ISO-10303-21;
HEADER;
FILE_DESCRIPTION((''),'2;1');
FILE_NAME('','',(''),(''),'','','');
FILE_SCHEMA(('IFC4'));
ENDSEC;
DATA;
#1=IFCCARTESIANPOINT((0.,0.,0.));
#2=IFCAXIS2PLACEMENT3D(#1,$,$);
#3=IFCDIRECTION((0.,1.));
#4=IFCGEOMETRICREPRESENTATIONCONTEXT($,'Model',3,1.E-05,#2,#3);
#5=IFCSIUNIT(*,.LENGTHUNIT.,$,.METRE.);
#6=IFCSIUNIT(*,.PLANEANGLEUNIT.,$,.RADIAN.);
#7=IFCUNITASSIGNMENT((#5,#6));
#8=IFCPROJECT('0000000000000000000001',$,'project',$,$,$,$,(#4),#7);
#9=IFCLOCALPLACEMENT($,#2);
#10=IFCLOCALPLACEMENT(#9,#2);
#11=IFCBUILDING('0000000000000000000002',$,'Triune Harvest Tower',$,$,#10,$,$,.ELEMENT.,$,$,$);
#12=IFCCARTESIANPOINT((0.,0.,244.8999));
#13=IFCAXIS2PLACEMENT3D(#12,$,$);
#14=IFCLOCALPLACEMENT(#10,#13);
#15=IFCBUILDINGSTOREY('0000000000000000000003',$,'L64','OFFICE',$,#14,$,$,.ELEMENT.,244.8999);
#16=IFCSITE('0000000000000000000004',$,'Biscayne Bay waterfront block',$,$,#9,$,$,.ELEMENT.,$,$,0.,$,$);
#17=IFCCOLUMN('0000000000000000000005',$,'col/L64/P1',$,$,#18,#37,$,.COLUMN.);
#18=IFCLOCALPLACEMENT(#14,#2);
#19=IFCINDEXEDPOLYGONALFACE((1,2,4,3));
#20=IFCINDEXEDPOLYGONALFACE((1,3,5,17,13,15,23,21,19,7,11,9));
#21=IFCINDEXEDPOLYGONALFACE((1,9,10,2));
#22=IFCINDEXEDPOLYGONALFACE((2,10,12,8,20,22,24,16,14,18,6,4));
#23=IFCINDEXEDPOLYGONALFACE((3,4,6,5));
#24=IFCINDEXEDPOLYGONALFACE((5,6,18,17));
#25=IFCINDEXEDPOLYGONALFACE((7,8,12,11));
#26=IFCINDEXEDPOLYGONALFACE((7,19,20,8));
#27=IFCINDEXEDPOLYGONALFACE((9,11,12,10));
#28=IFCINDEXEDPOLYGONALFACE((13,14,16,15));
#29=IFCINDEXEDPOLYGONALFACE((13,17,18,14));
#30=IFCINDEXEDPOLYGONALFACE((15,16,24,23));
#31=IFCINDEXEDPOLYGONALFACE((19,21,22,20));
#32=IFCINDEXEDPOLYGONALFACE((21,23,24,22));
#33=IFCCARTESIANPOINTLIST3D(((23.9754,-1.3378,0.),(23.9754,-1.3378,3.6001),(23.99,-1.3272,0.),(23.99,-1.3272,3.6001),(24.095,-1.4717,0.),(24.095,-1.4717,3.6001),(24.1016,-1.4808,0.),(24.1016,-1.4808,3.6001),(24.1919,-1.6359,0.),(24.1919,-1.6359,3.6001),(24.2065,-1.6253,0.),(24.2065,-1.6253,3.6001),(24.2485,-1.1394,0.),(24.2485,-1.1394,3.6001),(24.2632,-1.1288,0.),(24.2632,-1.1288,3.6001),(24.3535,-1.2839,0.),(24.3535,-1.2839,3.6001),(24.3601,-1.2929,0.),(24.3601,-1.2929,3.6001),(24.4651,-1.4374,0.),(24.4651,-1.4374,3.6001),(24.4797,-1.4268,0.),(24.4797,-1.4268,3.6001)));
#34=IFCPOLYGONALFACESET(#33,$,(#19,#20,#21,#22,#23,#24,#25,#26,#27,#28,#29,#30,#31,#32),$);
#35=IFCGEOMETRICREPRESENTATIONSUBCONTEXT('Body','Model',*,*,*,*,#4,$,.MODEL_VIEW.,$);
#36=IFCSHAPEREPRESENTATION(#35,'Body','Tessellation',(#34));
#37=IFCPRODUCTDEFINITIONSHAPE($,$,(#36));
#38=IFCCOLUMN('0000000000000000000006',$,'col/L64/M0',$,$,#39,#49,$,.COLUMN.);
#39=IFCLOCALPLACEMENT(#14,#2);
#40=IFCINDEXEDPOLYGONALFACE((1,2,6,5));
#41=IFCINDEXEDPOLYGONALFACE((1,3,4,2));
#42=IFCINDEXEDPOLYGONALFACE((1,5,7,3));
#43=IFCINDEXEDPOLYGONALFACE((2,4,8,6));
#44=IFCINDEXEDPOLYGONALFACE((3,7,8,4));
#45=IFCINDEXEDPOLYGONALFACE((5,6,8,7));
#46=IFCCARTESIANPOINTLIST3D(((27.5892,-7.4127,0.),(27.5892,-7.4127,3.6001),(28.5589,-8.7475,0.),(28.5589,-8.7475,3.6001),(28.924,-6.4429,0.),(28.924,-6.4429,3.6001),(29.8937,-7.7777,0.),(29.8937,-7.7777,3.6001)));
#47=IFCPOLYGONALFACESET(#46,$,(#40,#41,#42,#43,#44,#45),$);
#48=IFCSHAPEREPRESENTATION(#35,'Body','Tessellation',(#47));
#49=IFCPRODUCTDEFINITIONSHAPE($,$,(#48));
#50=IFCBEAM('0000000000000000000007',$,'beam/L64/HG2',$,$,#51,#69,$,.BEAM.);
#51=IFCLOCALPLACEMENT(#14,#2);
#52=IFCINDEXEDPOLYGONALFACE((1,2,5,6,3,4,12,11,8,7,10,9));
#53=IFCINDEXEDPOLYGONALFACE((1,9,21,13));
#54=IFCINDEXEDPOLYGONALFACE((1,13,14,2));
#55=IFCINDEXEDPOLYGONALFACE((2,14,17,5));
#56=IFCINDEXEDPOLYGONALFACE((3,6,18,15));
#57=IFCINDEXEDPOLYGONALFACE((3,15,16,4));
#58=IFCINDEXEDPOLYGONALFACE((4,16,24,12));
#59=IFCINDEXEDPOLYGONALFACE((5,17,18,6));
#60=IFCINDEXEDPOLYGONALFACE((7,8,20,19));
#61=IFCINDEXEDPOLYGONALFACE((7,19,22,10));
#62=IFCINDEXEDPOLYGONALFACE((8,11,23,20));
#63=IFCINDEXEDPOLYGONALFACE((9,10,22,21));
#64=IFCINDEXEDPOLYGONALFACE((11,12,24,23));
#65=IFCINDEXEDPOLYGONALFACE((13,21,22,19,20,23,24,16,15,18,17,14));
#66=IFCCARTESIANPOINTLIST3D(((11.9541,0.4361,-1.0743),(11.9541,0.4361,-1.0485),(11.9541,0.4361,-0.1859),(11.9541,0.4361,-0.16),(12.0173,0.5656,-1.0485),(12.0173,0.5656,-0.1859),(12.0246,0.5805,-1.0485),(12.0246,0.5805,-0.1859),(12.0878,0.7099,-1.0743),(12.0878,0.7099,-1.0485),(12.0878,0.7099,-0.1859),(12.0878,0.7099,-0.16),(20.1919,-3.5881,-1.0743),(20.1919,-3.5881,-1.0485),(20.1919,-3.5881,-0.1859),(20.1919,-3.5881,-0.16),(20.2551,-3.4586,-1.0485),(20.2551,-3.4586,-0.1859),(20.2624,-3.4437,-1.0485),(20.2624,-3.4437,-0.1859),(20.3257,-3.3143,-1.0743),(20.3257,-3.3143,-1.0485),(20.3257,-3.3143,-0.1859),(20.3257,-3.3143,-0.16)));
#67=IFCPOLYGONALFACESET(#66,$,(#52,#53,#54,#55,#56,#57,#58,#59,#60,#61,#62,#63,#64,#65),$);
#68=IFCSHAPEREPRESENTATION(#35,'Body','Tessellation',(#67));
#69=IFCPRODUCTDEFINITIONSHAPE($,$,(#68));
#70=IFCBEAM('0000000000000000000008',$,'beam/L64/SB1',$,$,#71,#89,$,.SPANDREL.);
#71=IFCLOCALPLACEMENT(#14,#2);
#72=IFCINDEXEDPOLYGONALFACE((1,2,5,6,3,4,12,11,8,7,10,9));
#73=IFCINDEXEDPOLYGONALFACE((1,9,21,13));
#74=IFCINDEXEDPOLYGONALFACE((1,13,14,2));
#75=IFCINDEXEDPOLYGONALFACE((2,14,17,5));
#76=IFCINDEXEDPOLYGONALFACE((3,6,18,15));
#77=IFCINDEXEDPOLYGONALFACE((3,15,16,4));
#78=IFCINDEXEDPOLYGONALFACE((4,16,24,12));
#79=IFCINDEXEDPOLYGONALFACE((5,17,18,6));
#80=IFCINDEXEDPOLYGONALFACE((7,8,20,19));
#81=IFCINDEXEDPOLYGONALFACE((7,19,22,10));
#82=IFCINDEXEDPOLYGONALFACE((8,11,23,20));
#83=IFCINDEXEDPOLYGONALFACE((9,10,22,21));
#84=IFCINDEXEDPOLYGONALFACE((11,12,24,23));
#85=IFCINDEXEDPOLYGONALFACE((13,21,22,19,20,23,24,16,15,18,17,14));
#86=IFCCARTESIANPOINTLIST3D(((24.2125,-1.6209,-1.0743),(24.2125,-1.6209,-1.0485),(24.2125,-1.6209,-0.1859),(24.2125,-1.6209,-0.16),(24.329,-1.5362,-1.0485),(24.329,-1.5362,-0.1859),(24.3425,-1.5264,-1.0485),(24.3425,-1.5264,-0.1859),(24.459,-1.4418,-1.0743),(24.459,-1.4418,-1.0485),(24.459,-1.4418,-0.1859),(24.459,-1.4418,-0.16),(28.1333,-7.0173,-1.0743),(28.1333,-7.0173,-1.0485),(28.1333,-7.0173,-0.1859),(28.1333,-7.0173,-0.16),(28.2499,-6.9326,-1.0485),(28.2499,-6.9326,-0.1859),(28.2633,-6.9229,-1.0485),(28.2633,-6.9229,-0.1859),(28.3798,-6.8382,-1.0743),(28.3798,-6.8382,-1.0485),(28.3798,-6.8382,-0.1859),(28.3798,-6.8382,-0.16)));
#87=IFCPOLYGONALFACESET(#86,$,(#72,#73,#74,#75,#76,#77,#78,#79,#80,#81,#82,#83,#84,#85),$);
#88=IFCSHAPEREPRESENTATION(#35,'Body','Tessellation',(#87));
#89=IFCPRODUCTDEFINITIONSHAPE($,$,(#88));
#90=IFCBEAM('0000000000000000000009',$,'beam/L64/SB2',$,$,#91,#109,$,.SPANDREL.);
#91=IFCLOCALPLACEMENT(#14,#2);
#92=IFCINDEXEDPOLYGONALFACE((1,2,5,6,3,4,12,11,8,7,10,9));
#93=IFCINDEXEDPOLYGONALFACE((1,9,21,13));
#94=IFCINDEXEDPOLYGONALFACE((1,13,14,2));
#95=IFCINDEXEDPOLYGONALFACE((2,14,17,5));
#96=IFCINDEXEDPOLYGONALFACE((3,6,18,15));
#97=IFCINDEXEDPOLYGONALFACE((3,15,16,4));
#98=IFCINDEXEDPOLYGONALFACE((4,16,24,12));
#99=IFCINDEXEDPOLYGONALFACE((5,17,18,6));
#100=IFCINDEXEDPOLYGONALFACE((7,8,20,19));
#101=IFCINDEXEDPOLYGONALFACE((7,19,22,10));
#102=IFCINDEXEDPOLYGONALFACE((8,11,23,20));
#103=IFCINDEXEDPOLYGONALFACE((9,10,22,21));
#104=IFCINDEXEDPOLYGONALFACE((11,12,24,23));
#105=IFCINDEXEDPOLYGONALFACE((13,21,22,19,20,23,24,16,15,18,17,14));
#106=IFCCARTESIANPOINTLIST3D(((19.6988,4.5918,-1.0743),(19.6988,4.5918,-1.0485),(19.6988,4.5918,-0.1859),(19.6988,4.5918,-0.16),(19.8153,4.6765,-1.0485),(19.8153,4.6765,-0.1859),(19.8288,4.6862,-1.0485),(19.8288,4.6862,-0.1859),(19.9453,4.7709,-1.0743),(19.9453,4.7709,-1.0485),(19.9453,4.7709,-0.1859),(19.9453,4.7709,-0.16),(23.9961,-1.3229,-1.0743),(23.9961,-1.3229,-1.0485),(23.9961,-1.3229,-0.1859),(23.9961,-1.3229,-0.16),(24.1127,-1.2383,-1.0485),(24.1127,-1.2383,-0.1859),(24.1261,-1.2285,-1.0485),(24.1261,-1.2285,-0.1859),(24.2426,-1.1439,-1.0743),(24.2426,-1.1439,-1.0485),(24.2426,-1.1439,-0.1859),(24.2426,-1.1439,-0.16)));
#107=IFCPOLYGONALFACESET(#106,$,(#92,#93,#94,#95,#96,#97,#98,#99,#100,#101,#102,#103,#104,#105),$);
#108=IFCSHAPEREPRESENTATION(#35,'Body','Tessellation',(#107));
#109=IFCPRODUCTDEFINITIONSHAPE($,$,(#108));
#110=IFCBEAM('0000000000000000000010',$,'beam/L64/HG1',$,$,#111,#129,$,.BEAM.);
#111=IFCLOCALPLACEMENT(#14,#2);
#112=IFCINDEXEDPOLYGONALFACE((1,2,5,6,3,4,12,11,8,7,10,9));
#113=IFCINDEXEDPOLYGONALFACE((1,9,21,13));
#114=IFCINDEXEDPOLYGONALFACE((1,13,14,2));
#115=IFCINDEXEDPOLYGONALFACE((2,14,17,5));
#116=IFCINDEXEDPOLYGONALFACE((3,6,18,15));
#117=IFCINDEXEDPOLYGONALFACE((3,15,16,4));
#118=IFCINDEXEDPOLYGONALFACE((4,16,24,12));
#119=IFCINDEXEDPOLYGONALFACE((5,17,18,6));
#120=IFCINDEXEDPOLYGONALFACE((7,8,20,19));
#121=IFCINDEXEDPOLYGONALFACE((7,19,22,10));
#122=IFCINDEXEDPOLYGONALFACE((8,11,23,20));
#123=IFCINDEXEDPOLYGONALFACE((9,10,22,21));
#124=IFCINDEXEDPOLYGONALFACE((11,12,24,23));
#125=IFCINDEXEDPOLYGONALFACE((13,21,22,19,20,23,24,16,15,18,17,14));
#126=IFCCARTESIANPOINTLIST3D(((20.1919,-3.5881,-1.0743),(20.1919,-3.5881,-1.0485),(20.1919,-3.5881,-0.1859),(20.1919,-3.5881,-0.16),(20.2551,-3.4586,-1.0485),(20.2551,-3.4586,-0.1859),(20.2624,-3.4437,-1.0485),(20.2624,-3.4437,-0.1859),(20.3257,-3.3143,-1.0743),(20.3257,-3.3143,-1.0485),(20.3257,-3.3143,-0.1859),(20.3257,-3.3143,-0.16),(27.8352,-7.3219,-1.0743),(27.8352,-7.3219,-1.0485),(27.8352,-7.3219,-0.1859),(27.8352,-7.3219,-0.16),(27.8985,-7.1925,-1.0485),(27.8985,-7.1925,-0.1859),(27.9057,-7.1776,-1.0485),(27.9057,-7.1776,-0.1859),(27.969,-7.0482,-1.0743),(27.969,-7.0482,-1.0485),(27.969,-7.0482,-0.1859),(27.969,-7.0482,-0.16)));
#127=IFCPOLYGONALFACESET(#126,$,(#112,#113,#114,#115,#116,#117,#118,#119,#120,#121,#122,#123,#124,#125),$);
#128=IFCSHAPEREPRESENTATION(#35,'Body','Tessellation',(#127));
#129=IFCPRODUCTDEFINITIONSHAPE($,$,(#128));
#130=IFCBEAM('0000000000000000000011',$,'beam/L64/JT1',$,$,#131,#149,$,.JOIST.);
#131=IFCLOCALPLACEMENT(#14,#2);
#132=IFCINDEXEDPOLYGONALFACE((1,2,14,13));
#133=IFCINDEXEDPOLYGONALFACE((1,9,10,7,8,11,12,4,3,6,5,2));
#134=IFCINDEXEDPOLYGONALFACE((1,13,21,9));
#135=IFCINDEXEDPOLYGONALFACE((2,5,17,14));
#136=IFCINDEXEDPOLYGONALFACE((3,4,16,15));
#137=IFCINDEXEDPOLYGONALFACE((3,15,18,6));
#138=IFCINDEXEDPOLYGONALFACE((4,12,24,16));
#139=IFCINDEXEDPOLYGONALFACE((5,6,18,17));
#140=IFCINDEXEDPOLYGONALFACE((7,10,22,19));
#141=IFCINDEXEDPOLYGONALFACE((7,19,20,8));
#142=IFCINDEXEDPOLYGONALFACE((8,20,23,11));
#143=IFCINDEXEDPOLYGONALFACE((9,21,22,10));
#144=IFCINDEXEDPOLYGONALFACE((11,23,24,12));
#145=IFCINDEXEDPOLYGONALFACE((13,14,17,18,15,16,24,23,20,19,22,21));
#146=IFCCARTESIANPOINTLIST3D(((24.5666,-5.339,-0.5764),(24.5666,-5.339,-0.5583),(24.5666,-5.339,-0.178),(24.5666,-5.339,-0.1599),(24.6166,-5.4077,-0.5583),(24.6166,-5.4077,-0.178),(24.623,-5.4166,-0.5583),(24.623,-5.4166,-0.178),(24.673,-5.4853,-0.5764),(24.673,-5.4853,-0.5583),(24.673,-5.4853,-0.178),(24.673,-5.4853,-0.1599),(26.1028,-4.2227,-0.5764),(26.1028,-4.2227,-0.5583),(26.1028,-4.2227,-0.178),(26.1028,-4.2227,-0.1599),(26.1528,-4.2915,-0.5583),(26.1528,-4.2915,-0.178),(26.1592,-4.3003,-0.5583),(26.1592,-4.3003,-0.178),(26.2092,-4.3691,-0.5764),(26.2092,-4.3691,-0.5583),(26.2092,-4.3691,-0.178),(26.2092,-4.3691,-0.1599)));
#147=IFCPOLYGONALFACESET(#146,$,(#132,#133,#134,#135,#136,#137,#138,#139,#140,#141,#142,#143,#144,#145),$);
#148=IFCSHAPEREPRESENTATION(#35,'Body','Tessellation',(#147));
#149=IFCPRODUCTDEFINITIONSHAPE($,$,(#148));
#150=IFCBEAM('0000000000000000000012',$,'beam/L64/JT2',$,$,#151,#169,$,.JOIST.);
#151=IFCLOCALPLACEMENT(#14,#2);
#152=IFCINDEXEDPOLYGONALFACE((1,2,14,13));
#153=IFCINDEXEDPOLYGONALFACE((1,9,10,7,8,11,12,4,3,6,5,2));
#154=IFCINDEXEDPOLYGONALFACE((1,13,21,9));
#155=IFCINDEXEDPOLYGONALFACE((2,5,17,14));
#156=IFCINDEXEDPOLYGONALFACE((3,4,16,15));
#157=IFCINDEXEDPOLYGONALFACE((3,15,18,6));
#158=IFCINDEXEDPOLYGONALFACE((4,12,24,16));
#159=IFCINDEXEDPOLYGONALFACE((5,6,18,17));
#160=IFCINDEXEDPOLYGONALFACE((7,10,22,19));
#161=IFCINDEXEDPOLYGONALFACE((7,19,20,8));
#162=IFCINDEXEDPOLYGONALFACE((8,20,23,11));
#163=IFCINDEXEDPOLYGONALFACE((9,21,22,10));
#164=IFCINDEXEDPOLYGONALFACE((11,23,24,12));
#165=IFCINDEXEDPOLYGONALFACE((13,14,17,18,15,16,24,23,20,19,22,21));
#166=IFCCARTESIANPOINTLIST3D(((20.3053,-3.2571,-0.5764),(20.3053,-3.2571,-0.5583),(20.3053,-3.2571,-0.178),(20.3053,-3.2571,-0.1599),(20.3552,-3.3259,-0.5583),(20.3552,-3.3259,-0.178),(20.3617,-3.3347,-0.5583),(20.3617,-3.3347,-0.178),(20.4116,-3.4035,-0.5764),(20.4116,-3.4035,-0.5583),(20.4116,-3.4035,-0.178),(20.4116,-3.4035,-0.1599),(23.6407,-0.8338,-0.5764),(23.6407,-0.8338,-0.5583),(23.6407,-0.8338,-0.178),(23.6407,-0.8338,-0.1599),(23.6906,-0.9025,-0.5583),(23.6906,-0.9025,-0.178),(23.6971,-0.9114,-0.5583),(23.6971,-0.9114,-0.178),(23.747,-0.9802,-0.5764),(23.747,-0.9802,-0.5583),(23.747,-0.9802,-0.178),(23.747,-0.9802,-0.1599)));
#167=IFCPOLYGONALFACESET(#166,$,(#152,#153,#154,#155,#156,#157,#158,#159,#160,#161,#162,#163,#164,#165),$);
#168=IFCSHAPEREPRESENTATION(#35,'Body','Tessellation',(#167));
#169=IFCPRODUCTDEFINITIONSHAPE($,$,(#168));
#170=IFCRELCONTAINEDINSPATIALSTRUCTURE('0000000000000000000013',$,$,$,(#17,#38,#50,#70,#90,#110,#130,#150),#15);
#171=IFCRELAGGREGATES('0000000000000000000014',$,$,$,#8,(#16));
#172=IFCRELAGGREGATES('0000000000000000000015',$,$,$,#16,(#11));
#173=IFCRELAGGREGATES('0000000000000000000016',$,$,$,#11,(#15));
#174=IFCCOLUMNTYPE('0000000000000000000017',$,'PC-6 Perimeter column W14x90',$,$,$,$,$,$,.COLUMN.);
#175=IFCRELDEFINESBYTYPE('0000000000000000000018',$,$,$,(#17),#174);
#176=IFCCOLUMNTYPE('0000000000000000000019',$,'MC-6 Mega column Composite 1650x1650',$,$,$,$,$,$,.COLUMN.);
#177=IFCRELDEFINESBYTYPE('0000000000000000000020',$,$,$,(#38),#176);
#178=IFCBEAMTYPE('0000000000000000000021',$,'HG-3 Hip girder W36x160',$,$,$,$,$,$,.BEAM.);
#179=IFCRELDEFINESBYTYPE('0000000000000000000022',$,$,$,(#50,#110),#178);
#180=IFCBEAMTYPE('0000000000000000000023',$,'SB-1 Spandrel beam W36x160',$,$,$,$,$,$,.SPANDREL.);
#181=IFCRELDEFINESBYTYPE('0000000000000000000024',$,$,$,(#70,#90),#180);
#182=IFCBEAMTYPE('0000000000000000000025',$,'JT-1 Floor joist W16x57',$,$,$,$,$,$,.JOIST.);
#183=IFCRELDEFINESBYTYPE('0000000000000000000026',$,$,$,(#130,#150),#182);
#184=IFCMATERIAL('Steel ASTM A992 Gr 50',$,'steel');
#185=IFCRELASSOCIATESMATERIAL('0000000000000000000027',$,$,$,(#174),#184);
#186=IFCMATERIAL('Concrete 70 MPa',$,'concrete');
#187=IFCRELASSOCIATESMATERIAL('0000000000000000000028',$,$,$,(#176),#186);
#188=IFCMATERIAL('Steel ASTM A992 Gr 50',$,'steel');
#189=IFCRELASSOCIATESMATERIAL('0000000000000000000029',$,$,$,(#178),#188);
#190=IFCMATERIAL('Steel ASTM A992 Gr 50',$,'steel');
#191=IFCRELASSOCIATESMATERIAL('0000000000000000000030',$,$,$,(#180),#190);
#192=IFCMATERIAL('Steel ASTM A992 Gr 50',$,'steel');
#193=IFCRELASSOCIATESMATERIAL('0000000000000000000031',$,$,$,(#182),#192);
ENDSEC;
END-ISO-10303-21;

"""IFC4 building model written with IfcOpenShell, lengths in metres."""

from ifc_helpers import new_model, si_unit, direction, frame, origin, origin_2d, place, context, subcontext, project, spatial, rectangle, i_section, extrude, source, transform, mapped, material, material_profile, profile_set, type_object, element, save


model = new_model("IFC4")

# Units and contexts
model_context = context("Model", 3, precision=1e-05, world=origin(), true_north=direction((0.0, 1.0)))
body_context = subcontext(model_context, "Body", "Model", "MODEL_VIEW")
ifc_project = project(units=[si_unit("LENGTHUNIT", "METRE"), si_unit("PLANEANGLEUNIT", "RADIAN")], contexts=[model_context])

# Site, building, storey
site_placement = place(None, origin())
site = spatial("IfcSite", under=ifc_project, at=site_placement, Name="Biscayne Bay waterfront block", CompositionType="ELEMENT", RefElevation=0.0)
building_placement = place(site_placement, origin())
building = spatial("IfcBuilding", under=site, at=building_placement, Name="Triune Harvest Tower", CompositionType="ELEMENT")
storey_placement = place(building_placement, frame((0.0, 0.0, 244.8999)))
storey = spatial("IfcBuildingStorey", under=building, at=storey_placement, Name="L64", Description="OFFICE", CompositionType="ELEMENT", Elevation=244.8999)

# Columns
ifc_material_1 = material(Name="Steel ASTM A992 Gr 50", Category="steel")
ifc_material_profile_1 = material_profile(ifc_material_1, i_section(OverallWidth=0.3684, OverallDepth=0.3557, WebThickness=0.0112, FlangeThickness=0.0181, at=origin_2d()), Name="W14x90")
ifc_profile_set_1 = profile_set([ifc_material_profile_1], Name="Steel ASTM A992 Gr 50")
column_type_1 = type_object("IfcColumnType", Name="PC-6 Perimeter column W14x90", PredefinedType="COLUMN", material=ifc_profile_set_1)
shared_shape_1 = source(origin(), body_context, "Body", "SweptSolid", [
    extrude(i_section(OverallWidth=0.3684, OverallDepth=0.3557, WebThickness=0.0112, FlangeThickness=0.0181, at=origin_2d()), origin(), (0.0, 0.0, 1.0), 3.6001),
])
column_1_placement = place(storey_placement, frame((24.2275, -1.3823, 0.0), z_axis=(0.0, 0.0, 1.0), x_axis=(-0.587785, 0.809017, 0.0)))
element("IfcColumn", 1, at=column_1_placement, inside=storey, type_object=column_type_1, Name="col/L64/P1", PredefinedType="COLUMN", context=body_context, shape_type="MappedRepresentation", body=[
    mapped(shared_shape_1, transform((0.0, 0.0, 0.0), scale=1.0)),
])
ifc_material_2 = material(Name="Concrete 70 MPa", Category="concrete")
ifc_material_profile_2 = material_profile(ifc_material_2, rectangle(XDim=1.6499, YDim=1.6499, at=origin_2d()), Name="Composite 1650x1650")
ifc_profile_set_2 = profile_set([ifc_material_profile_2], Name="Concrete 70 MPa")
column_type_2 = type_object("IfcColumnType", Name="MC-6 Mega column Composite 1650x1650", PredefinedType="COLUMN", material=ifc_profile_set_2)
shared_shape_2 = source(origin(), body_context, "Body", "SweptSolid", [
    extrude(rectangle(XDim=1.6499, YDim=1.6499, at=origin_2d()), origin(), (0.0, 0.0, 1.0), 3.6001),
])
column_2_placement = place(storey_placement, frame((28.7415, -7.5952, 0.0), z_axis=(0.0, 0.0, 1.0), x_axis=(-0.587785, 0.809017, 0.0)))
element("IfcColumn", 2, at=column_2_placement, inside=storey, type_object=column_type_2, Name="col/L64/M0", PredefinedType="COLUMN", context=body_context, shape_type="MappedRepresentation", body=[
    mapped(shared_shape_2, transform((0.0, 0.0, 0.0), scale=1.0)),
])

# Beams
ifc_material_3 = material(Name="Steel ASTM A992 Gr 50", Category="steel")
ifc_material_profile_3 = material_profile(ifc_material_3, i_section(OverallWidth=0.3047, OverallDepth=0.9143, WebThickness=0.0166, FlangeThickness=0.0259, at=origin_2d()), Name="W36x160")
ifc_profile_set_3 = profile_set([ifc_material_profile_3], Name="Steel ASTM A992 Gr 50")
beam_type_1 = type_object("IfcBeamType", Name="HG-3 Hip girder W36x160", PredefinedType="BEAM", material=ifc_profile_set_3)
shared_shape_3 = source(origin(), body_context, "Body", "SweptSolid", [
    extrude(i_section(OverallWidth=0.3047, OverallDepth=0.9143, WebThickness=0.0166, FlangeThickness=0.0259, at=origin_2d()), origin(), (0.0, 0.0, 1.0), 9.1682),
])
beam_1_placement = place(storey_placement, frame((20.2588, -3.4512, -0.6172), z_axis=(-0.898522, 0.438929, 0.0), x_axis=(-0.438929, -0.898522, 0.0)))
element("IfcBeam", 3, at=beam_1_placement, inside=storey, type_object=beam_type_1, Name="beam/L64/HG2", PredefinedType="BEAM", context=body_context, shape_type="MappedRepresentation", body=[
    mapped(shared_shape_3, transform((0.0, 0.0, 0.0), scale=1.0)),
])
ifc_material_4 = material(Name="Steel ASTM A992 Gr 50", Category="steel")
ifc_material_profile_4 = material_profile(ifc_material_4, i_section(OverallWidth=0.3047, OverallDepth=0.9143, WebThickness=0.0166, FlangeThickness=0.0259, at=origin_2d()), Name="W36x160")
ifc_profile_set_4 = profile_set([ifc_material_profile_4], Name="Steel ASTM A992 Gr 50")
beam_type_2 = type_object("IfcBeamType", Name="SB-1 Spandrel beam W36x160", PredefinedType="SPANDREL", material=ifc_profile_set_4)
shared_shape_4 = source(origin(), body_context, "Body", "SweptSolid", [
    extrude(i_section(OverallWidth=0.3047, OverallDepth=0.9143, WebThickness=0.0166, FlangeThickness=0.0259, at=origin_2d()), origin(), (0.0, 0.0, 1.0), 6.6704),
])
beam_2_placement = place(storey_placement, frame((28.2566, -6.9277, -0.6172), z_axis=(-0.587797, 0.809008, 0.0), x_axis=(-0.809008, -0.587797, 0.0)))
element("IfcBeam", 4, at=beam_2_placement, inside=storey, type_object=beam_type_2, Name="beam/L64/SB1", PredefinedType="SPANDREL", context=body_context, shape_type="MappedRepresentation", body=[
    mapped(shared_shape_4, transform((0.0, 0.0, 0.0), scale=1.0)),
])
shared_shape_5 = source(origin(), body_context, "Body", "SweptSolid", [
    extrude(i_section(OverallWidth=0.3047, OverallDepth=0.9143, WebThickness=0.0166, FlangeThickness=0.0259, at=origin_2d()), origin(), (0.0, 0.0, 1.0), 7.311),
])
beam_3_placement = place(storey_placement, frame((24.1194, -1.2334, -0.6172), z_axis=(-0.587786, 0.809016, 0.0), x_axis=(-0.809016, -0.587786, 0.0)))
element("IfcBeam", 5, at=beam_3_placement, inside=storey, type_object=beam_type_2, Name="beam/L64/SB2", PredefinedType="SPANDREL", context=body_context, shape_type="MappedRepresentation", body=[
    mapped(shared_shape_5, transform((0.0, 0.0, 0.0), scale=1.0)),
])
shared_shape_6 = source(origin(), body_context, "Body", "SweptSolid", [
    extrude(i_section(OverallWidth=0.3047, OverallDepth=0.9143, WebThickness=0.0166, FlangeThickness=0.0259, at=origin_2d()), origin(), (0.0, 0.0, 1.0), 8.5066),
])
beam_4_placement = place(storey_placement, frame((27.9021, -7.1851, -0.6172), z_axis=(-0.898516, 0.43894, 0.0), x_axis=(-0.43894, -0.898516, 0.0)))
element("IfcBeam", 6, at=beam_4_placement, inside=storey, type_object=beam_type_1, Name="beam/L64/HG1", PredefinedType="BEAM", context=body_context, shape_type="MappedRepresentation", body=[
    mapped(shared_shape_6, transform((0.0, 0.0, 0.0), scale=1.0)),
])
ifc_material_5 = material(Name="Steel ASTM A992 Gr 50", Category="steel")
ifc_material_profile_5 = material_profile(ifc_material_5, i_section(OverallWidth=0.1809, OverallDepth=0.4165, WebThickness=0.011, FlangeThickness=0.0181, at=origin_2d()), Name="W16x57")
ifc_profile_set_5 = profile_set([ifc_material_profile_5], Name="Steel ASTM A992 Gr 50")
beam_type_3 = type_object("IfcBeamType", Name="JT-1 Floor joist W16x57", PredefinedType="JOIST", material=ifc_profile_set_5)
shared_shape_7 = source(origin(), body_context, "Body", "SweptSolid", [
    extrude(i_section(OverallWidth=0.1809, OverallDepth=0.4165, WebThickness=0.011, FlangeThickness=0.0181, at=origin_2d()), origin(), (0.0, 0.0, 1.0), 1.8989),
])
beam_5_placement = place(storey_placement, frame((26.156, -4.2959, -0.3682), z_axis=(-0.808981, -0.587835, 0.0), x_axis=(0.587835, -0.808981, 0.0)))
element("IfcBeam", 7, at=beam_5_placement, inside=storey, type_object=beam_type_3, Name="beam/L64/JT1", PredefinedType="JOIST", context=body_context, shape_type="MappedRepresentation", body=[
    mapped(shared_shape_7, transform((0.0, 0.0, 0.0), scale=1.0)),
])
shared_shape_8 = source(origin(), body_context, "Body", "SweptSolid", [
    extrude(i_section(OverallWidth=0.1809, OverallDepth=0.4165, WebThickness=0.011, FlangeThickness=0.0181, at=origin_2d()), origin(), (0.0, 0.0, 1.0), 4.1228),
])
beam_6_placement = place(storey_placement, frame((23.6938, -0.907, -0.3682), z_axis=(-0.809018, -0.587784, 0.0), x_axis=(0.587784, -0.809018, 0.0)))
element("IfcBeam", 8, at=beam_6_placement, inside=storey, type_object=beam_type_3, Name="beam/L64/JT2", PredefinedType="JOIST", context=body_context, shape_type="MappedRepresentation", body=[
    mapped(shared_shape_8, transform((0.0, 0.0, 0.0), scale=1.0)),
])

save(model, "model.ifc")
